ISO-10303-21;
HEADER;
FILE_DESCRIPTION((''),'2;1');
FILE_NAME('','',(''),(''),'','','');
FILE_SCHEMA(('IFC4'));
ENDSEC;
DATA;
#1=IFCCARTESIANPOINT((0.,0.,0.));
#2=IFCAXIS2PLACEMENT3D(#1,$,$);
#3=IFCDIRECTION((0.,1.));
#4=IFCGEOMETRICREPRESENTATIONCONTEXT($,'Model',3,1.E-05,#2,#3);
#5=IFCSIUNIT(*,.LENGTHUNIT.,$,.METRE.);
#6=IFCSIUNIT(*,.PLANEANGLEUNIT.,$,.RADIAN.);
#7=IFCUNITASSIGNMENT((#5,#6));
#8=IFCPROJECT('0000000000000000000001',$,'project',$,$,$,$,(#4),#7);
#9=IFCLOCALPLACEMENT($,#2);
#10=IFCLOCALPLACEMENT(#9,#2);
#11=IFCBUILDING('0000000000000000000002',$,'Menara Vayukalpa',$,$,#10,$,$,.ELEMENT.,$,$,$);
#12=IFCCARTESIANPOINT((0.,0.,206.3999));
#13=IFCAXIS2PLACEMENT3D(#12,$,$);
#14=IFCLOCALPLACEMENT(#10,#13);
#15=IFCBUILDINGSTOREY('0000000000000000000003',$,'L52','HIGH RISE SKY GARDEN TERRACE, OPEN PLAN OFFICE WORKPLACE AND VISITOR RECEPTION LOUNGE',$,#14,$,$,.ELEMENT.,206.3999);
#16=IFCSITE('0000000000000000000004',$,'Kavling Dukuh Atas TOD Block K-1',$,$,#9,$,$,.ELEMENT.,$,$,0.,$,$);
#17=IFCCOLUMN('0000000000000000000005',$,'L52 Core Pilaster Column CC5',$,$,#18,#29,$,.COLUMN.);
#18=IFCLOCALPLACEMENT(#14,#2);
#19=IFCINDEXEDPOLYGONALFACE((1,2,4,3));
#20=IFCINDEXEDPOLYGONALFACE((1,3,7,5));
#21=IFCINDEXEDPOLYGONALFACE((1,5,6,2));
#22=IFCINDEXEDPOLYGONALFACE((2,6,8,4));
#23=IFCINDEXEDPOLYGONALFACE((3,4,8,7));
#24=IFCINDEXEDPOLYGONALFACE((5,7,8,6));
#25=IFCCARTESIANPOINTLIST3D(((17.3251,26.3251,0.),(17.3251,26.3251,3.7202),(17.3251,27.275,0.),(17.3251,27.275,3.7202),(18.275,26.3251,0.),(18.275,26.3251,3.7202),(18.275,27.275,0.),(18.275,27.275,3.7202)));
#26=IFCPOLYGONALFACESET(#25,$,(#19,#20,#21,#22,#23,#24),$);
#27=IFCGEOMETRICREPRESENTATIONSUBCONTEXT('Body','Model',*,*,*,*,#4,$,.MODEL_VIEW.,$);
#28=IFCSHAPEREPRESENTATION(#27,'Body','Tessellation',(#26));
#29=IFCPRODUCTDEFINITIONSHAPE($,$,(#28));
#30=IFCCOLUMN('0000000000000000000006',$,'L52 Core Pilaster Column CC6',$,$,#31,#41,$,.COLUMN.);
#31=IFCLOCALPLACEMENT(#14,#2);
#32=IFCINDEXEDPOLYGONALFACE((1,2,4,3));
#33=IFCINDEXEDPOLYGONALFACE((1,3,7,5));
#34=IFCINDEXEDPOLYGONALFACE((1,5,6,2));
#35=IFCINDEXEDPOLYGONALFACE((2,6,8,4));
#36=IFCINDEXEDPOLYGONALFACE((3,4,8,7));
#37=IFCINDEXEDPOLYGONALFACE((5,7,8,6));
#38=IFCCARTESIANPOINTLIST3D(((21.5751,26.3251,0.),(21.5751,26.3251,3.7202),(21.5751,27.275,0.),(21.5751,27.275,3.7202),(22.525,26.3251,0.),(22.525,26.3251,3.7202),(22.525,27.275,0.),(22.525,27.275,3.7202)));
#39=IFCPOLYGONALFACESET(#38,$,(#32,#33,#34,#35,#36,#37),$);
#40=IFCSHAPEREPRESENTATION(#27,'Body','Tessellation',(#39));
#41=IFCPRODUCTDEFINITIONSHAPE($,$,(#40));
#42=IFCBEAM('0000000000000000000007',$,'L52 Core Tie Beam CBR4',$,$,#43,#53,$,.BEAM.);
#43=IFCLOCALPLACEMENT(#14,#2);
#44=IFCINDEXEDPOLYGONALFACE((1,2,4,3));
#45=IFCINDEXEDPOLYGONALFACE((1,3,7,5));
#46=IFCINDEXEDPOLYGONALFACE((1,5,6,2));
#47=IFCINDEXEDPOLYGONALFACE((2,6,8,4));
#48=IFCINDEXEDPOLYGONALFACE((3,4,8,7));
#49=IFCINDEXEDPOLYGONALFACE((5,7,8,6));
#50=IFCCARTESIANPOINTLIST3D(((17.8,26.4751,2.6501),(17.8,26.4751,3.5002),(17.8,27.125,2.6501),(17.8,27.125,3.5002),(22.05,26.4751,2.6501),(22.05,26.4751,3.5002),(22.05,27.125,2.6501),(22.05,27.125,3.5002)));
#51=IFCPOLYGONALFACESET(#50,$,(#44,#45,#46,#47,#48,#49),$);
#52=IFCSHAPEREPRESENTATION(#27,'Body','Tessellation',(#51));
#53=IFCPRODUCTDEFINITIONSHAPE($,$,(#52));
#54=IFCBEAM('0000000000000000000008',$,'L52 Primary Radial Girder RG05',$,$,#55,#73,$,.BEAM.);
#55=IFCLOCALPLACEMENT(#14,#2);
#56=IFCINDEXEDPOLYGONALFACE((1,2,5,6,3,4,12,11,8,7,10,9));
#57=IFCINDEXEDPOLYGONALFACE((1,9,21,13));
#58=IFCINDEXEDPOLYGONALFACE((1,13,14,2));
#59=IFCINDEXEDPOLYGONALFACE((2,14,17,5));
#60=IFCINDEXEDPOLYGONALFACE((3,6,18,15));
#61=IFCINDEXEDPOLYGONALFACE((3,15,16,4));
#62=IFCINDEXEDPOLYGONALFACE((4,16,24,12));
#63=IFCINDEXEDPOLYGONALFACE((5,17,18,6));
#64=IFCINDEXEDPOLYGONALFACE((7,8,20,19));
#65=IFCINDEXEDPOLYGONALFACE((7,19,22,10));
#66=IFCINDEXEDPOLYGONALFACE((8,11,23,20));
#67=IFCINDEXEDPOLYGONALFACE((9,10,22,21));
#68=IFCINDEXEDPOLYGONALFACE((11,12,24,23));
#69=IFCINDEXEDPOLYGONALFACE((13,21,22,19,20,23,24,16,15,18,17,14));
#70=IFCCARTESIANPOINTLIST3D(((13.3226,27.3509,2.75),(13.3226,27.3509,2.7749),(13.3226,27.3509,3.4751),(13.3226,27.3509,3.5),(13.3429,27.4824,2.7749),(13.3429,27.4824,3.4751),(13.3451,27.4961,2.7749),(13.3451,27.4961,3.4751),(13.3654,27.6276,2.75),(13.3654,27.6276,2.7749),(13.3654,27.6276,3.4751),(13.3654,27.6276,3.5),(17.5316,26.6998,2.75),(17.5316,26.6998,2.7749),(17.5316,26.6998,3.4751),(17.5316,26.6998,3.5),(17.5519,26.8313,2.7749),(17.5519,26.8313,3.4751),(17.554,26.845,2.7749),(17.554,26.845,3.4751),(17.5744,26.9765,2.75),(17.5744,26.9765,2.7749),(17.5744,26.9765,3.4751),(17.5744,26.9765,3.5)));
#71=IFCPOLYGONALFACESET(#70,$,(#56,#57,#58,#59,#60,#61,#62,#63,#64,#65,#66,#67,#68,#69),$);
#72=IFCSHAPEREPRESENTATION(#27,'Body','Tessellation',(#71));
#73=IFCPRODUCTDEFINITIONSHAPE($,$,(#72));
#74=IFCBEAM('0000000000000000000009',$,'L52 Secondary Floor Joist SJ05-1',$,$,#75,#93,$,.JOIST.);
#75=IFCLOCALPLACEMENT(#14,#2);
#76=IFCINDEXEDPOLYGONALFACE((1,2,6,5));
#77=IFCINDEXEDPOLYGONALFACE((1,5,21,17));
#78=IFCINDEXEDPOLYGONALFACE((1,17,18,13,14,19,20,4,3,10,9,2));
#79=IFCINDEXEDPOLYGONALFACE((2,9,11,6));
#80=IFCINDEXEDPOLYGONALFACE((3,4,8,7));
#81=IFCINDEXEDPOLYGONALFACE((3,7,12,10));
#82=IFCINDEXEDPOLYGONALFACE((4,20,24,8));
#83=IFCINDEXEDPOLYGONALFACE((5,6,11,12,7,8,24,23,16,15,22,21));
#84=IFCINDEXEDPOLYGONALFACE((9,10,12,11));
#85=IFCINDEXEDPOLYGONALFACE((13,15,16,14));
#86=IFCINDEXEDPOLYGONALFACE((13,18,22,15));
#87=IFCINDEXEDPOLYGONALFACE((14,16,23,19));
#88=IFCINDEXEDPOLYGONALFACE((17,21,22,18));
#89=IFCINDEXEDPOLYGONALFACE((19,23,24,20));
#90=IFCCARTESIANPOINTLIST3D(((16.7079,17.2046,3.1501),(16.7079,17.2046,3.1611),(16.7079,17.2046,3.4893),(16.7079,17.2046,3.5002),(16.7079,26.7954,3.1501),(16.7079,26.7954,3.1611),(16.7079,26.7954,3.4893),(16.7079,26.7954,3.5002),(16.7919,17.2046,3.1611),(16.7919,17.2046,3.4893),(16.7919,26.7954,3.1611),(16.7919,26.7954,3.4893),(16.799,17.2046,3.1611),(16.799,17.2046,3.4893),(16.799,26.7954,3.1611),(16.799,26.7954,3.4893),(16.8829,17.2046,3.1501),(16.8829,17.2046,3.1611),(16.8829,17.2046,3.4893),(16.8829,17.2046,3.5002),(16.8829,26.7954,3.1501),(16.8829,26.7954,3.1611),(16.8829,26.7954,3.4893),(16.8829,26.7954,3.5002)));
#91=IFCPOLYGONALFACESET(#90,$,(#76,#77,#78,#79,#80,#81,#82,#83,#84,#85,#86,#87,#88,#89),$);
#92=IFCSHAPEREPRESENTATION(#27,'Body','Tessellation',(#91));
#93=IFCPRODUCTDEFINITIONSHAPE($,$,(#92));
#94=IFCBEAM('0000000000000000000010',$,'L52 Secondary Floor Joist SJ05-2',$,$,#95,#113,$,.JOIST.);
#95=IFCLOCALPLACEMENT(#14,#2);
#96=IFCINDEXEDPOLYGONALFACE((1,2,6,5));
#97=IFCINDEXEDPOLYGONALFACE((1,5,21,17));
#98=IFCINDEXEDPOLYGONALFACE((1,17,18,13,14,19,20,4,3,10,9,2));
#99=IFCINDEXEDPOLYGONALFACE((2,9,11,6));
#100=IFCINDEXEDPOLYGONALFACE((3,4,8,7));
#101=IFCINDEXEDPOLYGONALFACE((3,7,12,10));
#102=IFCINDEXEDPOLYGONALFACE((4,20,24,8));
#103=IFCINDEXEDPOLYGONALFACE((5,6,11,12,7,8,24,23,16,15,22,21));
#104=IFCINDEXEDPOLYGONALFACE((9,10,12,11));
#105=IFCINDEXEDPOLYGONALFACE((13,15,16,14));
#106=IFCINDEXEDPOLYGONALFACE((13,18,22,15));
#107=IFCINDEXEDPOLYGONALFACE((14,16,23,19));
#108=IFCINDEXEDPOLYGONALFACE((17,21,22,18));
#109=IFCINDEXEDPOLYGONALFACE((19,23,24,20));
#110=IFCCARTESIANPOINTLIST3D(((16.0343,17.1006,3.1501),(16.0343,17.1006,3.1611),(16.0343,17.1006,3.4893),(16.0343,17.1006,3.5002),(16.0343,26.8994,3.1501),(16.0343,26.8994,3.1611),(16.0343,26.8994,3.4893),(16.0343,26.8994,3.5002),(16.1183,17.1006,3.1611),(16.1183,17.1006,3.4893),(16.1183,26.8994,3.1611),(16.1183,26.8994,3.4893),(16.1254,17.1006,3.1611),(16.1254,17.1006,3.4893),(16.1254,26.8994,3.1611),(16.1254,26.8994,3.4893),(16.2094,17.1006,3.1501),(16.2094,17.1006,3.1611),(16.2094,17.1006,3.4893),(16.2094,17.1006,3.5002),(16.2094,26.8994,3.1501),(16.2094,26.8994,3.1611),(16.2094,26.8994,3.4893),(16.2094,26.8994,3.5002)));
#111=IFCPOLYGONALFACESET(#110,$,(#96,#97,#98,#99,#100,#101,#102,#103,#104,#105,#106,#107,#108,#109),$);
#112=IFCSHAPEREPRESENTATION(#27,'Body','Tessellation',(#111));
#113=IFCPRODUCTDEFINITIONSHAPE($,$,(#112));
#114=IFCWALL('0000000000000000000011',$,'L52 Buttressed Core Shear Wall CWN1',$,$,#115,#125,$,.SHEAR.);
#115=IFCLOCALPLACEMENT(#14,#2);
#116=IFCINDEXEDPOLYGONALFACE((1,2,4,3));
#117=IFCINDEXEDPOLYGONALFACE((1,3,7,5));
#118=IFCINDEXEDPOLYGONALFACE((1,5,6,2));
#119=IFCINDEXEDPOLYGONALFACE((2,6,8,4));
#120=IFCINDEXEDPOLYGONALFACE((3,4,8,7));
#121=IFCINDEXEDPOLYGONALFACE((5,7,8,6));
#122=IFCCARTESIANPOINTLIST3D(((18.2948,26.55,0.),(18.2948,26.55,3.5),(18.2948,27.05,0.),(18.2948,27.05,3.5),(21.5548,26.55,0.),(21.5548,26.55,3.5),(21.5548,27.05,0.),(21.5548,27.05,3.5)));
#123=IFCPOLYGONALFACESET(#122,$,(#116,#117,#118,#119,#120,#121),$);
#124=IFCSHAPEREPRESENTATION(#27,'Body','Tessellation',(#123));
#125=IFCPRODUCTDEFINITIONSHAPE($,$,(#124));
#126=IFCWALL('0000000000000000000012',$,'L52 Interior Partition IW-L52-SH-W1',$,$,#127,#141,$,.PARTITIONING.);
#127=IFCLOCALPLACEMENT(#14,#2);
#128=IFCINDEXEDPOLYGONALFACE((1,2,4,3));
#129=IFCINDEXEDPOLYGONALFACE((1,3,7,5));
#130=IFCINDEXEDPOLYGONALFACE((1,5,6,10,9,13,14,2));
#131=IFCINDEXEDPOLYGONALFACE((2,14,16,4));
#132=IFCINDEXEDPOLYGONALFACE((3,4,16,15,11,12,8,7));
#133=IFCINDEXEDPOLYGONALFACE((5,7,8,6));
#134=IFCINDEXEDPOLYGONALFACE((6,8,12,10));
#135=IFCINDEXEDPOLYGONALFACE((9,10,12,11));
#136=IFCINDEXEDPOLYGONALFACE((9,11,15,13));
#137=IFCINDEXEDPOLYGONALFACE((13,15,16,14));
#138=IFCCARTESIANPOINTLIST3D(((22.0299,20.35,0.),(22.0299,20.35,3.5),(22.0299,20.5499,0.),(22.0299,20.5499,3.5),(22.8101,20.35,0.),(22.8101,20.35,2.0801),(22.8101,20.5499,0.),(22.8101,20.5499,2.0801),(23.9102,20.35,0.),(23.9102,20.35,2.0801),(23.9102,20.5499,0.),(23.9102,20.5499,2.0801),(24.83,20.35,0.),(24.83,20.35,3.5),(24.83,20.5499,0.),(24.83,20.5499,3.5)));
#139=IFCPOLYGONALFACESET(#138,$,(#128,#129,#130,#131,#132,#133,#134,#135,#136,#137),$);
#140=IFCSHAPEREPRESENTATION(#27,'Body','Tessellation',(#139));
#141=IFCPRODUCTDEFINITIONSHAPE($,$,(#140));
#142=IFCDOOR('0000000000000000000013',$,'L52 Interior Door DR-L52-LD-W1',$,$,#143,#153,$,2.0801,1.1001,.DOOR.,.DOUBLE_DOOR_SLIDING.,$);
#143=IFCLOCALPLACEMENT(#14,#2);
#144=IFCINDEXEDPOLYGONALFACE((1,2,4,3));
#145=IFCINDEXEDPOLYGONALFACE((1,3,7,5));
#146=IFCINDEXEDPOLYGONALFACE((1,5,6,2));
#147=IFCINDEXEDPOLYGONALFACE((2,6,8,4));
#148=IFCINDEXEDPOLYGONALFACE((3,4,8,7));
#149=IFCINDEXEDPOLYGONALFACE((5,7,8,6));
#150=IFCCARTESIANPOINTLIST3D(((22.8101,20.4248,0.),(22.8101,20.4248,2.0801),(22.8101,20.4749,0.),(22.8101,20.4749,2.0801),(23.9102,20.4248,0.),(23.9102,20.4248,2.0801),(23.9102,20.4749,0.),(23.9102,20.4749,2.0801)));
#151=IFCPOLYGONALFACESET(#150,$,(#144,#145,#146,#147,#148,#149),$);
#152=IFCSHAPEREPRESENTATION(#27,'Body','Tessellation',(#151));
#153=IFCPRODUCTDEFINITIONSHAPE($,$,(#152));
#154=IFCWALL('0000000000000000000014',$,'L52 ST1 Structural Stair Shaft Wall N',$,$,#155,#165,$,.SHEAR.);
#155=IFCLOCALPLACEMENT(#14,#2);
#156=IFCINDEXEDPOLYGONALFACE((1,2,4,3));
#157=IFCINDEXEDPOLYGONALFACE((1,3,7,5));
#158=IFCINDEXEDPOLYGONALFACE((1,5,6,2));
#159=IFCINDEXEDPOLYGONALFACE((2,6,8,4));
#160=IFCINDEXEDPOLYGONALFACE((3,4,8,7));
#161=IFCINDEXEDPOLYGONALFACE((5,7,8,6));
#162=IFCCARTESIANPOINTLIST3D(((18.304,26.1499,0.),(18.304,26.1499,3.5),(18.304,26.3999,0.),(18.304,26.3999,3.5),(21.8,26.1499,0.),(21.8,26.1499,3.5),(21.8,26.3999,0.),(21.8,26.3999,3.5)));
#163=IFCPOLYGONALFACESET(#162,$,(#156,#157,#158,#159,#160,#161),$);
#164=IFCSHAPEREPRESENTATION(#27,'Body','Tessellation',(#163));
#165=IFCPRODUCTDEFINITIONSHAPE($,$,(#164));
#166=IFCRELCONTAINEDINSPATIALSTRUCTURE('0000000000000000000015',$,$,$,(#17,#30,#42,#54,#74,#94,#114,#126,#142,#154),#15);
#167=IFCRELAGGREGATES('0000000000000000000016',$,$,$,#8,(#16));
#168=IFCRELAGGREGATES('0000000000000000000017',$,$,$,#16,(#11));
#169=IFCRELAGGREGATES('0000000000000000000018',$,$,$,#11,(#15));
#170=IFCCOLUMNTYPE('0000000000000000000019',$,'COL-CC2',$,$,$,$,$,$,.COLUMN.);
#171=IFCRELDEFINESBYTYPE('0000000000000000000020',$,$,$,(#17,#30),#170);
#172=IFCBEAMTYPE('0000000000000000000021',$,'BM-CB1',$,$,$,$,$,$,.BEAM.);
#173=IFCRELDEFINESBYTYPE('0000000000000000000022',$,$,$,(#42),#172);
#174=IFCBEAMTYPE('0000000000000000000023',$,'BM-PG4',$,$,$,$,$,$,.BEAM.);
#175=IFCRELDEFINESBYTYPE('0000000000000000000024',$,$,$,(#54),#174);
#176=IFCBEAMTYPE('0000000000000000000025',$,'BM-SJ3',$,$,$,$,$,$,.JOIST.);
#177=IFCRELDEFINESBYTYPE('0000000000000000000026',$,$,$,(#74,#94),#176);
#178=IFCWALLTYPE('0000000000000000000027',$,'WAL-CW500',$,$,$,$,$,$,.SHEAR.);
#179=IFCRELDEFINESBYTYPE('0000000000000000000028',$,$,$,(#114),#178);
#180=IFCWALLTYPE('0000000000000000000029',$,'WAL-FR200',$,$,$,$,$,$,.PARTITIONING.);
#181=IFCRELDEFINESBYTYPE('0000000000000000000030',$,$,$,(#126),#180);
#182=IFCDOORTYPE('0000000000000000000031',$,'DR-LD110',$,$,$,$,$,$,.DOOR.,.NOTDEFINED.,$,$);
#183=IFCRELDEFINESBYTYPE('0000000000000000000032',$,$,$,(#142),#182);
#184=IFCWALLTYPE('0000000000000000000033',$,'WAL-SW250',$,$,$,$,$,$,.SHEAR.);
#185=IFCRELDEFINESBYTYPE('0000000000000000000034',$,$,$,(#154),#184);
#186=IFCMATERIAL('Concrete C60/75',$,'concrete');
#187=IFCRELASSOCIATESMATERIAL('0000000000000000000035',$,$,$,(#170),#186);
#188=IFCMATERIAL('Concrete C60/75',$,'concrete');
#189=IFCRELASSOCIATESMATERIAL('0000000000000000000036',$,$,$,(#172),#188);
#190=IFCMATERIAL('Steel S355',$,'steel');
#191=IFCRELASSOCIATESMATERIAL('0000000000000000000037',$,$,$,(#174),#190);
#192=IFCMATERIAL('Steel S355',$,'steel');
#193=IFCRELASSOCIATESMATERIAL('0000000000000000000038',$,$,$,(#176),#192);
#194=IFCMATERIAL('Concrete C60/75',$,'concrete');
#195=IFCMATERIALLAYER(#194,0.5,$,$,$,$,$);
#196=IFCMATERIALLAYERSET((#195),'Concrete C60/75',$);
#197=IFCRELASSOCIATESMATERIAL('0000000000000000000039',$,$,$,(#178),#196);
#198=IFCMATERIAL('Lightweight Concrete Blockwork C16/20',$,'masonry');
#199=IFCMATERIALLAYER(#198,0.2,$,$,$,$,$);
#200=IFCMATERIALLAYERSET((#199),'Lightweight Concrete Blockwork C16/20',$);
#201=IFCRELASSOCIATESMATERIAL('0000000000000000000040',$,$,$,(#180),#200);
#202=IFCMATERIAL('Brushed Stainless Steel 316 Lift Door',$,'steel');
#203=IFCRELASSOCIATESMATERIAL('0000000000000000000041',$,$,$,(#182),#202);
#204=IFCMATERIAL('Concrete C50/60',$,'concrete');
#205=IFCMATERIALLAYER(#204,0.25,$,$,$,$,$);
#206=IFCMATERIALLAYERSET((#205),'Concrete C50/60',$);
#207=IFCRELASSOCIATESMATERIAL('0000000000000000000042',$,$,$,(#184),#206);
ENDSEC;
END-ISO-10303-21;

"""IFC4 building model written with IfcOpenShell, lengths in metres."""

from ifc_helpers import new_model, si_unit, direction, frame, frame_2d, origin, origin_2d, place, context, subcontext, project, spatial, rectangle, i_section, extrude, material, layer, layer_set, material_profile, profile_set, type_object, element, fill, save


model = new_model("IFC4")

# Units and contexts
model_context = context("Model", 3, precision=1e-05, world=origin(), true_north=direction((0.0, 1.0)))
body_context = subcontext(model_context, "Body", "Model", "MODEL_VIEW")
ifc_project = project(units=[si_unit("LENGTHUNIT", "METRE"), si_unit("PLANEANGLEUNIT", "RADIAN")], contexts=[model_context])

# Site, building, storey
site_placement = place(None, origin())
site = spatial("IfcSite", under=ifc_project, at=site_placement, Name="Kavling Dukuh Atas TOD Block K-1", CompositionType="ELEMENT", RefElevation=0.0)
building_placement = place(site_placement, origin())
building = spatial("IfcBuilding", under=site, at=building_placement, Name="Menara Vayukalpa", CompositionType="ELEMENT")
storey_placement = place(building_placement, frame((0.0, 0.0, 206.3999)))
storey = spatial("IfcBuildingStorey", under=building, at=storey_placement, Name="L52", Description="HIGH RISE SKY GARDEN TERRACE, OPEN PLAN OFFICE WORKPLACE AND VISITOR RECEPTION LOUNGE", CompositionType="ELEMENT", Elevation=206.3999)

# Columns
ifc_material_1 = material(Name="Concrete C60/75", Category="concrete")
ifc_material_profile_1 = material_profile(ifc_material_1, rectangle(XDim=0.95, YDim=0.95, at=origin_2d()), Name="RC 950x950")
ifc_profile_set_1 = profile_set([ifc_material_profile_1], Name="Concrete C60/75")
column_type = type_object("IfcColumnType", Name="COL-CC2", PredefinedType="COLUMN", material=ifc_profile_set_1)
for number, where, z_axis, x_axis, name in (
    (1, (17.8, 26.8, 0.0), (0.0, 0.0, 1.0), (1.0, 0.0, 0.0), "L52 Core Pilaster Column CC5"),
    (2, (22.05, 26.8, 0.0), (0.0, 0.0, 1.0), (1.0, 0.0, 0.0), "L52 Core Pilaster Column CC6"),
):
    element("IfcColumn", number, at=place(storey_placement, frame(where, z_axis=z_axis, x_axis=x_axis)), inside=storey, type_object=column_type, Name=name, PredefinedType="COLUMN", context=body_context, shape_type="SweptSolid", body=[
        extrude(rectangle(XDim=0.95, YDim=0.95, at=origin_2d()), origin(), (0.0, 0.0, 1.0), 3.7202),
    ])

# Beams
ifc_material_2 = material(Name="Concrete C60/75", Category="concrete")
ifc_material_profile_2 = material_profile(ifc_material_2, rectangle(XDim=0.6499, YDim=0.8501, at=origin_2d()), Name="RC 650x850")
ifc_profile_set_2 = profile_set([ifc_material_profile_2], Name="Concrete C60/75")
beam_type_1 = type_object("IfcBeamType", Name="BM-CB1", PredefinedType="BEAM", material=ifc_profile_set_2)
beam_1_placement = place(storey_placement, frame((17.8, 26.8, 3.0752), z_axis=(1.0, 0.0, 0.0), x_axis=(0.0, 1.0, 0.0)))
element("IfcBeam", 3, at=beam_1_placement, inside=storey, type_object=beam_type_1, Name="L52 Core Tie Beam CBR4", PredefinedType="BEAM", context=body_context, shape_type="SweptSolid", body=[
    extrude(rectangle(XDim=0.6499, YDim=0.8501, at=origin_2d()), origin(), (0.0, 0.0, 1.0), 4.25),
])
ifc_material_3 = material(Name="Steel S355", Category="steel")
ifc_material_profile_3 = material_profile(ifc_material_3, i_section(OverallWidth=0.28, OverallDepth=0.75, WebThickness=0.0139, FlangeThickness=0.0249, at=origin_2d()), Name="WF 750x280x14x25")
ifc_profile_set_3 = profile_set([ifc_material_profile_3], Name="Steel S355")
beam_type_2 = type_object("IfcBeamType", Name="BM-PG4", PredefinedType="BEAM", material=ifc_profile_set_3)
beam_2_placement = place(storey_placement, frame((17.553, 26.8381, 3.125), z_axis=(-0.988245, 0.15288, 0.0), x_axis=(-0.15288, -0.988245, 0.0)))
element("IfcBeam", 4, at=beam_2_placement, inside=storey, type_object=beam_type_2, Name="L52 Primary Radial Girder RG05", PredefinedType="BEAM", context=body_context, shape_type="SweptSolid", body=[
    extrude(i_section(OverallWidth=0.28, OverallDepth=0.75, WebThickness=0.0139, FlangeThickness=0.0249, at=origin_2d()), origin(), (0.0, 0.0, 1.0), 4.259),
])
ifc_material_4 = material(Name="Steel S355", Category="steel")
ifc_material_profile_4 = material_profile(ifc_material_4, i_section(OverallWidth=0.175, OverallDepth=0.3501, WebThickness=0.0071, FlangeThickness=0.011, at=origin_2d()), Name="WF 350x175x7x11")
ifc_profile_set_4 = profile_set([ifc_material_profile_4], Name="Steel S355")
beam_type_3 = type_object("IfcBeamType", Name="BM-SJ3", PredefinedType="JOIST", material=ifc_profile_set_4)
beam_3_placement = place(storey_placement, frame((16.7954, 26.7954, 3.3252), z_axis=(0.0, -1.0, 0.0), x_axis=(1.0, 0.0, 0.0)))
element("IfcBeam", 5, at=beam_3_placement, inside=storey, type_object=beam_type_3, Name="L52 Secondary Floor Joist SJ05-1", PredefinedType="JOIST", context=body_context, shape_type="SweptSolid", body=[
    extrude(i_section(OverallWidth=0.175, OverallDepth=0.3501, WebThickness=0.0071, FlangeThickness=0.011, at=origin_2d()), origin(), (0.0, 0.0, 1.0), 9.5908),
])
beam_4_placement = place(storey_placement, frame((16.1218, 26.8994, 3.3252), z_axis=(0.0, -1.0, 0.0), x_axis=(1.0, 0.0, 0.0)))
element("IfcBeam", 6, at=beam_4_placement, inside=storey, type_object=beam_type_3, Name="L52 Secondary Floor Joist SJ05-2", PredefinedType="JOIST", context=body_context, shape_type="SweptSolid", body=[
    extrude(i_section(OverallWidth=0.175, OverallDepth=0.3501, WebThickness=0.0071, FlangeThickness=0.011, at=origin_2d()), origin(), (0.0, 0.0, 1.0), 9.7988),
])

# Wall
ifc_material_5 = material(Name="Concrete C60/75", Category="concrete")
ifc_layer_1 = layer(ifc_material_5, 0.5)
ifc_layer_set_1 = layer_set([ifc_layer_1], Name="Concrete C60/75")
wall_type_1 = type_object("IfcWallType", Name="WAL-CW500", PredefinedType="SHEAR", material=ifc_layer_set_1)
wall_1_placement = place(storey_placement, frame((18.2949, 26.8, 0.0), z_axis=(0.0, 0.0, 1.0), x_axis=(1.0, 0.0, 0.0)))
element("IfcWall", 7, at=wall_1_placement, inside=storey, type_object=wall_type_1, Name="L52 Buttressed Core Shear Wall CWN1", PredefinedType="SHEAR", context=body_context, shape_type="SweptSolid", body=[
    extrude(rectangle(XDim=3.26, YDim=0.5, at=frame_2d((1.6299, 0.0))), origin(), (0.0, 0.0, 1.0), 3.5),
])

# Wall, opening, door
ifc_material_6 = material(Name="Lightweight Concrete Blockwork C16/20", Category="masonry")
ifc_layer_2 = layer(ifc_material_6, 0.2)
ifc_layer_set_2 = layer_set([ifc_layer_2], Name="Lightweight Concrete Blockwork C16/20")
wall_type_2 = type_object("IfcWallType", Name="WAL-FR200", PredefinedType="PARTITIONING", material=ifc_layer_set_2)
wall_2_placement = place(storey_placement, frame((22.03, 20.45, 0.0), z_axis=(0.0, 0.0, 1.0), x_axis=(1.0, 0.0, 0.0)))
wall_2 = element("IfcWall", 8, at=wall_2_placement, inside=storey, type_object=wall_type_2, Name="L52 Interior Partition IW-L52-SH-W1", PredefinedType="PARTITIONING", context=body_context, shape_type="SweptSolid", body=[
    extrude(rectangle(XDim=2.8, YDim=0.2, at=frame_2d((1.3999, 0.0))), origin(), (0.0, 0.0, 1.0), 3.5),
])
opening_placement = place(wall_2_placement, frame((0.78, 0.0, 0.0)))
opening = element("IfcOpeningElement", 9, at=opening_placement, cuts=wall_2, PredefinedType="OPENING", context=body_context, shape_type="SweptSolid", body=[
    extrude(rectangle(XDim=1.1001, YDim=2.0801, at=frame_2d((0.55, 1.04))), frame((0.0, 0.1099, 0.0), z_axis=(0.0, -1.0, 0.0), x_axis=(1.0, 0.0, 0.0)), (0.0, 0.0, 1.0), 0.22),
])
ifc_material_7 = material(Name="Brushed Stainless Steel 316 Lift Door", Category="steel")
door_type = type_object("IfcDoorType", Name="DR-LD110", OperationType="NOTDEFINED", PredefinedType="DOOR", material=ifc_material_7)
door_placement = place(opening_placement, origin())
door = element("IfcDoor", 10, at=door_placement, inside=storey, type_object=door_type, Name="L52 Interior Door DR-L52-LD-W1", OperationType="DOUBLE_DOOR_SLIDING", OverallHeight=2.0801, OverallWidth=1.1001, PredefinedType="DOOR", context=body_context, shape_type="SweptSolid", body=[
    extrude(rectangle(XDim=1.1001, YDim=2.0801, at=frame_2d((0.55, 1.04))), frame((0.0, 0.0249, 0.0), z_axis=(0.0, -1.0, 0.0), x_axis=(1.0, 0.0, 0.0)), (0.0, 0.0, 1.0), 0.05),
])
fill(opening, door)

# Wall
ifc_material_8 = material(Name="Concrete C50/60", Category="concrete")
ifc_layer_3 = layer(ifc_material_8, 0.25)
ifc_layer_set_3 = layer_set([ifc_layer_3], Name="Concrete C50/60")
wall_type_3 = type_object("IfcWallType", Name="WAL-SW250", PredefinedType="SHEAR", material=ifc_layer_set_3)
wall_3_placement = place(storey_placement, frame((18.304, 26.2749, 0.0), z_axis=(0.0, 0.0, 1.0), x_axis=(1.0, 0.0, 0.0)))
element("IfcWall", 11, at=wall_3_placement, inside=storey, type_object=wall_type_3, Name="L52 ST1 Structural Stair Shaft Wall N", PredefinedType="SHEAR", context=body_context, shape_type="SweptSolid", body=[
    extrude(rectangle(XDim=3.4961, YDim=0.25, at=frame_2d((1.748, 0.0))), origin(), (0.0, 0.0, 1.0), 3.5),
])

save(model, "model.ifc")
